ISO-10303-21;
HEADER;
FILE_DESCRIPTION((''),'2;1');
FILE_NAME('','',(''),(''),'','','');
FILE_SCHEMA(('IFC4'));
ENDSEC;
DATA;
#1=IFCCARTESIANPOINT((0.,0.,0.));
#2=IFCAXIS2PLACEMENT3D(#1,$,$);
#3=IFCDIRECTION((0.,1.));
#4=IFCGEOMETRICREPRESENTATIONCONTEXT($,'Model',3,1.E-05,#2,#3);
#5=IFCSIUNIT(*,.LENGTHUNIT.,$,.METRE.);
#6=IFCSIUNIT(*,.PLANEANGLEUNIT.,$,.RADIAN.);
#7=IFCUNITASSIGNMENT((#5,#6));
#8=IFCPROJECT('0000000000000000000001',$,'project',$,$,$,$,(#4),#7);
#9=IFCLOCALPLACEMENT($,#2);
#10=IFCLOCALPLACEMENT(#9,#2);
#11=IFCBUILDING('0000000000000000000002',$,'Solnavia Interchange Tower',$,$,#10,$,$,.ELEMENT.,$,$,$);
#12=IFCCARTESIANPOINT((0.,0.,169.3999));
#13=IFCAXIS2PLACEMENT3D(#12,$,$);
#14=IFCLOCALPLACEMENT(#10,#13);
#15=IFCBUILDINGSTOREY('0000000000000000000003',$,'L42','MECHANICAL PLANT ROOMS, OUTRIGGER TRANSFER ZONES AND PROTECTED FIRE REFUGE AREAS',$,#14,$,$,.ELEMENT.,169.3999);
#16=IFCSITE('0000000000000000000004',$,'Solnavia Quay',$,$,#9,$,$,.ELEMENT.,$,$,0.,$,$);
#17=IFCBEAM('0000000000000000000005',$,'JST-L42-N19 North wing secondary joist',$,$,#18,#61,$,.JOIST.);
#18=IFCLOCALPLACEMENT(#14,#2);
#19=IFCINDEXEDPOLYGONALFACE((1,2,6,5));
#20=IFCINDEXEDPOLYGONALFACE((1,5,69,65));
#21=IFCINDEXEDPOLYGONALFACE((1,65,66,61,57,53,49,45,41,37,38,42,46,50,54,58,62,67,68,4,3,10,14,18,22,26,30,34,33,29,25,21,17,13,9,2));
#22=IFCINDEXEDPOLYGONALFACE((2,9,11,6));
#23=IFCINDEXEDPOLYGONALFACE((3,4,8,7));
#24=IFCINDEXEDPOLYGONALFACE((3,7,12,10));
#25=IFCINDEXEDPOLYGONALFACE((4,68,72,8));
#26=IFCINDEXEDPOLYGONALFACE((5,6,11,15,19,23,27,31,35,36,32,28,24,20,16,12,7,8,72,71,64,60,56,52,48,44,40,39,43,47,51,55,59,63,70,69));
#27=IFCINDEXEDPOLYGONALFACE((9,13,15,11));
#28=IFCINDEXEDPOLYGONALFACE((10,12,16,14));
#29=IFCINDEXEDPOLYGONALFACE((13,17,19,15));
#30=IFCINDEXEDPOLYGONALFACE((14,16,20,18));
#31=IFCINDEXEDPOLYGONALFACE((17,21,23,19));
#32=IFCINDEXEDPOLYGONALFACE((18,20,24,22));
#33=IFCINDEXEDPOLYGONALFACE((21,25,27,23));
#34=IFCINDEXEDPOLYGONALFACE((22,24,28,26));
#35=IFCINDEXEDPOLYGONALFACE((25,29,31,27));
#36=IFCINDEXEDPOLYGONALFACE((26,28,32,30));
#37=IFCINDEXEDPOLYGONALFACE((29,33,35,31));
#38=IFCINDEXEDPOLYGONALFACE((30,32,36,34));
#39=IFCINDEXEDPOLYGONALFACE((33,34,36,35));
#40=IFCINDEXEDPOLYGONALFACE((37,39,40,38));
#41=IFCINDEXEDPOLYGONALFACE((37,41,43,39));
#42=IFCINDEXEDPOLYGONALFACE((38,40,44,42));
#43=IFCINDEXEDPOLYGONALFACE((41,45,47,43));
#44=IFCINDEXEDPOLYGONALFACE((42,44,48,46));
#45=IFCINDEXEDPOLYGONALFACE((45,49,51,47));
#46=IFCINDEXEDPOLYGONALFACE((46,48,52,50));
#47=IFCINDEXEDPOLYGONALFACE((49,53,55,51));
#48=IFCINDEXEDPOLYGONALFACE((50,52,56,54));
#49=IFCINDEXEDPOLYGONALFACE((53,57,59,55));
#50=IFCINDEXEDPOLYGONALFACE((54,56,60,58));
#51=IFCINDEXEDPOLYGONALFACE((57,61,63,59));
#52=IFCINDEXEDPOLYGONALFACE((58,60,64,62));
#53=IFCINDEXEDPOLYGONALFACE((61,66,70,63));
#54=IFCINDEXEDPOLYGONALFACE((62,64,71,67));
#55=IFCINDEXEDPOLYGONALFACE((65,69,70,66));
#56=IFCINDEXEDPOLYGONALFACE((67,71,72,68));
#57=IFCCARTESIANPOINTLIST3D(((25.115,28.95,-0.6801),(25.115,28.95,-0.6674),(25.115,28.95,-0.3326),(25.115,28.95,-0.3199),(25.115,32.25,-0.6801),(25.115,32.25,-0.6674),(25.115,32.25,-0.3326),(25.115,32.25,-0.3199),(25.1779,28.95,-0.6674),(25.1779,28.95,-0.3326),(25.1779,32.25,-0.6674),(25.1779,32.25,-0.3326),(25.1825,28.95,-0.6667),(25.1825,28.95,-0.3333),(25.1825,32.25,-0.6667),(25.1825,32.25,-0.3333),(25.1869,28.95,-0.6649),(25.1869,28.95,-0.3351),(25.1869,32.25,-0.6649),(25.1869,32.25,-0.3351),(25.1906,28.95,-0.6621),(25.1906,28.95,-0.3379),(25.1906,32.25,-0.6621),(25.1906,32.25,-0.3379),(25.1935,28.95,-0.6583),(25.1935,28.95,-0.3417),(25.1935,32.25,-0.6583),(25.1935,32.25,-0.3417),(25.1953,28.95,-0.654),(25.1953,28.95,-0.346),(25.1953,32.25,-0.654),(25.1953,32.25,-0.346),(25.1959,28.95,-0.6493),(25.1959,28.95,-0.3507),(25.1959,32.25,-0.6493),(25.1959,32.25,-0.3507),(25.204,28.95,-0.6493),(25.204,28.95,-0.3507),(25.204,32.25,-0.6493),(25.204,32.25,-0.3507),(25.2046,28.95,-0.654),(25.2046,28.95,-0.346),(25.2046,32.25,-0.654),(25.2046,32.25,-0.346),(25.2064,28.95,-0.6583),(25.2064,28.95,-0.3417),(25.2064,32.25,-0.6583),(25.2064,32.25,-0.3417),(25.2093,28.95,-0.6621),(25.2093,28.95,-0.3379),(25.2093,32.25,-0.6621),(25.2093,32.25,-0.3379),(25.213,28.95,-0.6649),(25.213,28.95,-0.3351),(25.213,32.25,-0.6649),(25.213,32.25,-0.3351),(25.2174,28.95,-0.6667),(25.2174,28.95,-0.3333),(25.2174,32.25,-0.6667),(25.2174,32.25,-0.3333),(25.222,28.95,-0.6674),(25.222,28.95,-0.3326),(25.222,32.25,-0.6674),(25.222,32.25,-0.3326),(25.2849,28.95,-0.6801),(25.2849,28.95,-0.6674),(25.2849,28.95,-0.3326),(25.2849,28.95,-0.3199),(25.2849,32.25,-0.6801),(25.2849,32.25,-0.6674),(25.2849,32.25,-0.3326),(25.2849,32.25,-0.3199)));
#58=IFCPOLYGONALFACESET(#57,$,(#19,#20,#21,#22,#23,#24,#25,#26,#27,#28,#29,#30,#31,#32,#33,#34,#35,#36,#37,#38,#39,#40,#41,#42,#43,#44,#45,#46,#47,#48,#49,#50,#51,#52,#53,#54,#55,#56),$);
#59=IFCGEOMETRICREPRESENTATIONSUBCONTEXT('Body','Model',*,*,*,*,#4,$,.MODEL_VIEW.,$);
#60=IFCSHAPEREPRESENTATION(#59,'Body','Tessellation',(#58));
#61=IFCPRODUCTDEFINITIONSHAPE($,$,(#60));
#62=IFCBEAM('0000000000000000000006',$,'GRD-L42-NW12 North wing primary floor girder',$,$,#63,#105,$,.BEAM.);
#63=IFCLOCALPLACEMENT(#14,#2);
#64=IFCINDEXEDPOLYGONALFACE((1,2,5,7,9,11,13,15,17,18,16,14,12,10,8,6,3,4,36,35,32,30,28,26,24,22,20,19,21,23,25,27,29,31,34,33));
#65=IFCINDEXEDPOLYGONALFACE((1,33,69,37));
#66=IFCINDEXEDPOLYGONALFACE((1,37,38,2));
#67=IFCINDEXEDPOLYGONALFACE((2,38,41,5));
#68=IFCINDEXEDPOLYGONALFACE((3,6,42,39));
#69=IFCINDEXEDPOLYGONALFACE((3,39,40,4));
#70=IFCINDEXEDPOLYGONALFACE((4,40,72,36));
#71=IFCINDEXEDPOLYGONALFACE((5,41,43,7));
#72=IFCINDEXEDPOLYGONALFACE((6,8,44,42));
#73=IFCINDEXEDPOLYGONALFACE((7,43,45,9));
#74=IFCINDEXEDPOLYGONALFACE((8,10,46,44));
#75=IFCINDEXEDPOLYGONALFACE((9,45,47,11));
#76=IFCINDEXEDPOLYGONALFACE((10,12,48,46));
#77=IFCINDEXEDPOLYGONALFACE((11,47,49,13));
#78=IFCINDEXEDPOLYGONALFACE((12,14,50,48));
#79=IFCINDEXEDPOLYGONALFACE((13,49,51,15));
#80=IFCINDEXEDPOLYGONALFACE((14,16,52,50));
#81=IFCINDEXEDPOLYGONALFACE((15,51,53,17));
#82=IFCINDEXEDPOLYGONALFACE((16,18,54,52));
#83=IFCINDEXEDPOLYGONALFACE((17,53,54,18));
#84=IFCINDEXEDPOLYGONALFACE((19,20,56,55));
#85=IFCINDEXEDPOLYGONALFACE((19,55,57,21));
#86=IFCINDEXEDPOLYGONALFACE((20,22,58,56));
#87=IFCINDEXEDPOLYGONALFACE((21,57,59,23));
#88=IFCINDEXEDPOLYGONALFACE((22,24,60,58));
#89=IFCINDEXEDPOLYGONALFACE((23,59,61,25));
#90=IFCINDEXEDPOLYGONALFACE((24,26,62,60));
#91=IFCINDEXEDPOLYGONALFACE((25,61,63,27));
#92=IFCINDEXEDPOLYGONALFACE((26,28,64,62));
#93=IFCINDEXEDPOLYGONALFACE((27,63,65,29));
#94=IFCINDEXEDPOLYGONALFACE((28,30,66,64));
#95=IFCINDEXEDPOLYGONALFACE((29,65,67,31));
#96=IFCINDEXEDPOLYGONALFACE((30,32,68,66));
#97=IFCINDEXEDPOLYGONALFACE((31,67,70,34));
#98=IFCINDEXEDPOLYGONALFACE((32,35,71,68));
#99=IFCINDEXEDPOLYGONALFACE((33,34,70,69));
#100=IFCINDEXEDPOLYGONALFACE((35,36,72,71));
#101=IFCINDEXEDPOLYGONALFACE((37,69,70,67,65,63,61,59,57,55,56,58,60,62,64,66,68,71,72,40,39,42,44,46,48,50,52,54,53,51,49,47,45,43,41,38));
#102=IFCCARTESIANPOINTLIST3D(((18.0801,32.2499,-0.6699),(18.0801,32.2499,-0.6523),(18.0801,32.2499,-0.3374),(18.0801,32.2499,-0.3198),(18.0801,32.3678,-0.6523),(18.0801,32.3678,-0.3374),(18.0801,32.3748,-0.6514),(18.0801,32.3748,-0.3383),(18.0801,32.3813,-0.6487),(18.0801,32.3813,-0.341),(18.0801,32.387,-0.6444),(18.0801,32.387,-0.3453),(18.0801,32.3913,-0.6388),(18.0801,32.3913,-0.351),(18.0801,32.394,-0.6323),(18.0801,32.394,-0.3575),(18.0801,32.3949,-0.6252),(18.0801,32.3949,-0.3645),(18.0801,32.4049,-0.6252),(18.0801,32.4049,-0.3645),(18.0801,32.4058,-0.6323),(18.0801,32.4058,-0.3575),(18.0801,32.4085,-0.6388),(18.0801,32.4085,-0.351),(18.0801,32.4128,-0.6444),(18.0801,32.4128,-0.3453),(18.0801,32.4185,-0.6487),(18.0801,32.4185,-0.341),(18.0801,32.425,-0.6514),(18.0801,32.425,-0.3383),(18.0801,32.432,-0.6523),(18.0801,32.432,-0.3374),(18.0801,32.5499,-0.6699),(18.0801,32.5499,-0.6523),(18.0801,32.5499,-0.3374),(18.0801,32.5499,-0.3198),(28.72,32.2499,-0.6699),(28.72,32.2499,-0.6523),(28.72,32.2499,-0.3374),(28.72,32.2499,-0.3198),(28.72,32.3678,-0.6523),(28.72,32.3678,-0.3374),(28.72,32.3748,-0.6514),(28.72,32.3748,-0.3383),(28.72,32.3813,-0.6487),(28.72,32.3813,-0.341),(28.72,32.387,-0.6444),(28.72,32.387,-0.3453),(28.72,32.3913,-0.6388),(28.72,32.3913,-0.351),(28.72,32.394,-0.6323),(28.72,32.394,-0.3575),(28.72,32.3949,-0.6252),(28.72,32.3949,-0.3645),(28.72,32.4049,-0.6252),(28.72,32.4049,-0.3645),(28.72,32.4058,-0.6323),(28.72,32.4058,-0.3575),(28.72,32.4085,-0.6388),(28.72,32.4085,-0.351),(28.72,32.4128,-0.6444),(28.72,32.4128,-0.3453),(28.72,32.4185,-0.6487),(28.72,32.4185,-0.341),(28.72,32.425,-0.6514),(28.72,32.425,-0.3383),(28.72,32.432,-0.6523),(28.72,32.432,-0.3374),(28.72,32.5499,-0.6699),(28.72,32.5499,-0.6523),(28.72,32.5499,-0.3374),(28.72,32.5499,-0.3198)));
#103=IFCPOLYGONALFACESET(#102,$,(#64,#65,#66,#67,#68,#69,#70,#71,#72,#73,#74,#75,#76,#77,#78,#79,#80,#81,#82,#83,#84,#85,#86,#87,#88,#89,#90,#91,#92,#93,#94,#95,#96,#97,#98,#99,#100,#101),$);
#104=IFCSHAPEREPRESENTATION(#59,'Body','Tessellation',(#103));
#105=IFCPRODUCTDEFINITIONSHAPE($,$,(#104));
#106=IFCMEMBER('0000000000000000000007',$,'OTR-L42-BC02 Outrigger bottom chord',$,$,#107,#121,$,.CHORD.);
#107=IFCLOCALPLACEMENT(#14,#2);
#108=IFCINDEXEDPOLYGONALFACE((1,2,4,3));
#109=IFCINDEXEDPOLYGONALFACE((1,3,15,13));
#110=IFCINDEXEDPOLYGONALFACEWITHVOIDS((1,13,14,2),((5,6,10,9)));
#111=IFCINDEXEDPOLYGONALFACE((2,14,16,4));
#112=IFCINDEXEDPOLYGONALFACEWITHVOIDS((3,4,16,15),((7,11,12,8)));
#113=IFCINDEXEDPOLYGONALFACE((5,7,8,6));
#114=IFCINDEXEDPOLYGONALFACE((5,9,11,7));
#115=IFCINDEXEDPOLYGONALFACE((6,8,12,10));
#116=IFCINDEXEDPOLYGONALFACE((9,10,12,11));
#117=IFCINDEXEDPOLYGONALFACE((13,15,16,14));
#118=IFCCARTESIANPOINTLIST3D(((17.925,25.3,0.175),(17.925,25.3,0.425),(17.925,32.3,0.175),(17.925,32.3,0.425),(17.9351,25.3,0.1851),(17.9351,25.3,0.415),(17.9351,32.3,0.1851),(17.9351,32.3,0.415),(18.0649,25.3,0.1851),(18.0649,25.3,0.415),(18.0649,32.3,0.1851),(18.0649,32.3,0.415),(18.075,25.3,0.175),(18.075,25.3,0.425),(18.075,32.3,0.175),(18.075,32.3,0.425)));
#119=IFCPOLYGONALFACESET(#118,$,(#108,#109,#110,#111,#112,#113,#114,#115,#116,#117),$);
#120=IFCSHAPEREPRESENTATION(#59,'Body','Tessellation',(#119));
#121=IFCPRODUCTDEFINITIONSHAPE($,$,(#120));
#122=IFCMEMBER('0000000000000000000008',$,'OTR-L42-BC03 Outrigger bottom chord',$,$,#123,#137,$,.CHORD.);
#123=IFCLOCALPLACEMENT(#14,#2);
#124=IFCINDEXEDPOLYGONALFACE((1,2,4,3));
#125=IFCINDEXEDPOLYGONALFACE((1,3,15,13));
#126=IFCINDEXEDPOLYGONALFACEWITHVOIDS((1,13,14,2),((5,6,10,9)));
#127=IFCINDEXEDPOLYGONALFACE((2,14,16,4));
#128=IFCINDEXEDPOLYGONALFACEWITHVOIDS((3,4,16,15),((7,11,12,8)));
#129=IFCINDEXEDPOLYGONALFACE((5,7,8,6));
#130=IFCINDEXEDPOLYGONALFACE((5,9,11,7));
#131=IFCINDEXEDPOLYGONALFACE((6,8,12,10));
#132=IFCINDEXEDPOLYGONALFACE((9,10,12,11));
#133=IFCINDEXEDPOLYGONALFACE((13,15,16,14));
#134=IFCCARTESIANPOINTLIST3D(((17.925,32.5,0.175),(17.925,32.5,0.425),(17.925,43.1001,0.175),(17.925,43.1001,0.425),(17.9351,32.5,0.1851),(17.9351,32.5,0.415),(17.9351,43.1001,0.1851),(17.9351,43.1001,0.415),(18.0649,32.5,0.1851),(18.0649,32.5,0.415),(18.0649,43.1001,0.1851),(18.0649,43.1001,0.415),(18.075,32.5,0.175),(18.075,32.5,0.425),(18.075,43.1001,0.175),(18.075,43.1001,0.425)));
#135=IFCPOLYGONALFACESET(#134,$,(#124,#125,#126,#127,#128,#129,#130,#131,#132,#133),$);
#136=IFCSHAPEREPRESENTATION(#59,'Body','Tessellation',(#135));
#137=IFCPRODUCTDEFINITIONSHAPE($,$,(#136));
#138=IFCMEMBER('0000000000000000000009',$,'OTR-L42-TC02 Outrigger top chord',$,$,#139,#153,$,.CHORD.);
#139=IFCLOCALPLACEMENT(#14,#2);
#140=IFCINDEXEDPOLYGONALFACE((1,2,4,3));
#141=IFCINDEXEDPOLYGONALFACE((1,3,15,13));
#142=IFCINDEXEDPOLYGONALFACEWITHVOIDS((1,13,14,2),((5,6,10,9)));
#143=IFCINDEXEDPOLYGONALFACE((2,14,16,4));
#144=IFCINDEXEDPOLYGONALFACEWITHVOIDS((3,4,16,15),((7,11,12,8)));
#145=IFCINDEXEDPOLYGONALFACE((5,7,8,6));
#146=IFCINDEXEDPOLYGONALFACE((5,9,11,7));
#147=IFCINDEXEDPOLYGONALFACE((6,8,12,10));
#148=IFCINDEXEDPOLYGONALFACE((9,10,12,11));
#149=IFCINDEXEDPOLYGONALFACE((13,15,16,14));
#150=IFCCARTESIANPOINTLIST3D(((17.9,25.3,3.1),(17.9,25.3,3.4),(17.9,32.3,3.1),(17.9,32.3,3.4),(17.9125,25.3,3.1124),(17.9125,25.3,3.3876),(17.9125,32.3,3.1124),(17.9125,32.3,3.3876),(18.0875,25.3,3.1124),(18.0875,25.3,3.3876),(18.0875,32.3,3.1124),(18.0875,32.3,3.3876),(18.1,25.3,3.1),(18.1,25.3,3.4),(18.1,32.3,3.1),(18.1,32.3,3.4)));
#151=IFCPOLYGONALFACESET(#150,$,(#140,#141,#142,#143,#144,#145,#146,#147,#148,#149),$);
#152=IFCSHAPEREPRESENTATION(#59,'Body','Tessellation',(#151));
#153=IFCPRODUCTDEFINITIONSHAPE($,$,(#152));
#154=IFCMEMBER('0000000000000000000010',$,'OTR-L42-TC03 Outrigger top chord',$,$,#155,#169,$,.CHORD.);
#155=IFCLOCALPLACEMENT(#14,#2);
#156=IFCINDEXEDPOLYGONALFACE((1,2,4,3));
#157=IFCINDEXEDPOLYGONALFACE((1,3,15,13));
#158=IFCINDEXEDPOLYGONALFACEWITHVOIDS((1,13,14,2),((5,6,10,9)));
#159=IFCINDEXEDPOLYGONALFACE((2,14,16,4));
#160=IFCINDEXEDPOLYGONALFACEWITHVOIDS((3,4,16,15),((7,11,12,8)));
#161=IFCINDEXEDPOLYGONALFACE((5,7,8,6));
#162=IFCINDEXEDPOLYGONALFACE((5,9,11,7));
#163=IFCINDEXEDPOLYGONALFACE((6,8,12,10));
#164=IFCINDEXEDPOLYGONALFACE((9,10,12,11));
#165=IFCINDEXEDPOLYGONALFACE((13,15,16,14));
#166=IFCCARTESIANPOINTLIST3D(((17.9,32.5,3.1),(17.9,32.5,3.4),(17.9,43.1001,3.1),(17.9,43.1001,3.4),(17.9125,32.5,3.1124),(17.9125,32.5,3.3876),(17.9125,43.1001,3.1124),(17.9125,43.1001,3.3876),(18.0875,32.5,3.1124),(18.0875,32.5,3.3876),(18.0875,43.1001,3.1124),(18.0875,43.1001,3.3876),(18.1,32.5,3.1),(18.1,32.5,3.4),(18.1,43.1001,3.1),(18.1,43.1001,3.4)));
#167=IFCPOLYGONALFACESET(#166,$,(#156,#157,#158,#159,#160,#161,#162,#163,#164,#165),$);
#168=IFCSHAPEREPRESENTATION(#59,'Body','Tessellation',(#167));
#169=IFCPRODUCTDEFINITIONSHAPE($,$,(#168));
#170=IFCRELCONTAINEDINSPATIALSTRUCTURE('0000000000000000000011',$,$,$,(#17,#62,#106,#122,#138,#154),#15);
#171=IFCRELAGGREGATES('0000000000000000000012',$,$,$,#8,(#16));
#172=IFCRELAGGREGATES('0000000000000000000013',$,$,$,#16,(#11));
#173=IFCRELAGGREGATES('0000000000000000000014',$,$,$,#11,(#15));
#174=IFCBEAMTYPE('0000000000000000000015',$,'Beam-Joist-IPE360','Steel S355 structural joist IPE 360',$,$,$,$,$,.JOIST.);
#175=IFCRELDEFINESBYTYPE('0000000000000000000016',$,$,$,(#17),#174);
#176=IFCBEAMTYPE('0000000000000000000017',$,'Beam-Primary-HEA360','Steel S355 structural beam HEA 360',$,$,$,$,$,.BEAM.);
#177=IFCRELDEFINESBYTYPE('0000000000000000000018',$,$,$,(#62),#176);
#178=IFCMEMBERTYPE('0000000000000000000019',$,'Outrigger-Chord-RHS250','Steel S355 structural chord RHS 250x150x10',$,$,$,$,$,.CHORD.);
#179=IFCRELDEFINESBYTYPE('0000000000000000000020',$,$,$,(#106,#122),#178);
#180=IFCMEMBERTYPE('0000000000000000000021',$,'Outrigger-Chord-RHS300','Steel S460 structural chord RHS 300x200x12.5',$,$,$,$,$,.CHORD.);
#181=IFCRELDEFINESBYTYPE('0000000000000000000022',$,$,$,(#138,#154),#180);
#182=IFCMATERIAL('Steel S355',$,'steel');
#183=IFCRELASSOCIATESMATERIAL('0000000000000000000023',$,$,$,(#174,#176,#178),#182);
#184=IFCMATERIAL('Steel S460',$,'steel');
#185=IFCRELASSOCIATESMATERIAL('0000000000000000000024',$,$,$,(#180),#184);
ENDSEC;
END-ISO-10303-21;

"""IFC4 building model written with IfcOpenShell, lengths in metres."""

from ifc_helpers import new_model, si_unit, direction, frame, origin, origin_2d, place, context, subcontext, project, spatial, hollow_rectangle, i_section, extrude, material, material_profile, profile_set, type_object, element, save


model = new_model("IFC4")

# Units and contexts
model_context = context("Model", 3, precision=1e-05, world=origin(), true_north=direction((0.0, 1.0)))
body_context = subcontext(model_context, "Body", "Model", "MODEL_VIEW")
ifc_project = project(units=[si_unit("LENGTHUNIT", "METRE"), si_unit("PLANEANGLEUNIT", "RADIAN")], contexts=[model_context])

# Site, building, storey
site_placement = place(None, origin())
site = spatial("IfcSite", under=ifc_project, at=site_placement, Name="Solnavia Quay", CompositionType="ELEMENT", RefElevation=0.0)
building_placement = place(site_placement, origin())
building = spatial("IfcBuilding", under=site, at=building_placement, Name="Solnavia Interchange Tower", CompositionType="ELEMENT")
storey_placement = place(building_placement, frame((0.0, 0.0, 169.3999)))
storey = spatial("IfcBuildingStorey", under=building, at=storey_placement, Name="L42", Description="MECHANICAL PLANT ROOMS, OUTRIGGER TRANSFER ZONES AND PROTECTED FIRE REFUGE AREAS", CompositionType="ELEMENT", Elevation=169.3999)

# Shared definitions
ifc_material_1 = material(Name="Steel S355", Category="steel")

# Beams
ifc_material_2 = material(Name="Steel S460", Category="steel")
ifc_material_profile_1 = material_profile(ifc_material_1, i_section(OverallWidth=0.1699, OverallDepth=0.3601, WebThickness=0.0081, FlangeThickness=0.0127, FilletRadius=0.0181, at=origin_2d()), Name="IPE 360")
ifc_profile_set_1 = profile_set([ifc_material_profile_1], Name="Steel S355")
beam_type_1 = type_object("IfcBeamType", Name="Beam-Joist-IPE360", Description="Steel S355 structural joist IPE 360", PredefinedType="JOIST", material=ifc_profile_set_1)
beam_1_placement = place(storey_placement, frame((25.2, 28.95, -0.5), z_axis=(0.0, 1.0, 0.0), x_axis=(-1.0, 0.0, 0.0)))
element("IfcBeam", 1, at=beam_1_placement, inside=storey, type_object=beam_type_1, Name="JST-L42-N19 North wing secondary joist", PredefinedType="JOIST", context=body_context, shape_type="SweptSolid", body=[
    extrude(i_section(OverallWidth=0.1699, OverallDepth=0.3601, WebThickness=0.0081, FlangeThickness=0.0127, FilletRadius=0.0181, at=origin_2d()), origin(), (0.0, 0.0, 1.0), 3.3),
])
ifc_material_profile_2 = material_profile(ifc_material_1, i_section(OverallWidth=0.3, OverallDepth=0.3501, WebThickness=0.01, FlangeThickness=0.0176, FilletRadius=0.0271, at=origin_2d()), Name="HEA 360")
ifc_profile_set_2 = profile_set([ifc_material_profile_2], Name="Steel S355")
beam_type_2 = type_object("IfcBeamType", Name="Beam-Primary-HEA360", Description="Steel S355 structural beam HEA 360", PredefinedType="BEAM", material=ifc_profile_set_2)
beam_2_placement = place(storey_placement, frame((18.0801, 32.3999, -0.4949), z_axis=(1.0, 0.0, 0.0), x_axis=(0.0, 1.0, 0.0)))
element("IfcBeam", 2, at=beam_2_placement, inside=storey, type_object=beam_type_2, Name="GRD-L42-NW12 North wing primary floor girder", PredefinedType="BEAM", context=body_context, shape_type="SweptSolid", body=[
    extrude(i_section(OverallWidth=0.3, OverallDepth=0.3501, WebThickness=0.01, FlangeThickness=0.0176, FilletRadius=0.0271, at=origin_2d()), origin(), (0.0, 0.0, 1.0), 10.6399),
])

# Members
ifc_material_profile_3 = material_profile(ifc_material_1, hollow_rectangle(XDim=0.1499, YDim=0.25, WallThickness=0.01, at=origin_2d()), Name="RHS 250x150x10")
ifc_profile_set_3 = profile_set([ifc_material_profile_3], Name="Steel S355")
member_type_1 = type_object("IfcMemberType", Name="Outrigger-Chord-RHS250", Description="Steel S355 structural chord RHS 250x150x10", PredefinedType="CHORD", material=ifc_profile_set_3)
member_1_placement = place(storey_placement, frame((18.0, 25.3, 0.3), z_axis=(0.0, 1.0, 0.0), x_axis=(-1.0, 0.0, 0.0)))
element("IfcMember", 3, at=member_1_placement, inside=storey, type_object=member_type_1, Name="OTR-L42-BC02 Outrigger bottom chord", PredefinedType="CHORD", context=body_context, shape_type="SweptSolid", body=[
    extrude(hollow_rectangle(XDim=0.1499, YDim=0.25, WallThickness=0.01, at=origin_2d()), origin(), (0.0, 0.0, 1.0), 7.0),
])
member_2_placement = place(storey_placement, frame((18.0, 32.5, 0.3), z_axis=(0.0, 1.0, 0.0), x_axis=(-1.0, 0.0, 0.0)))
element("IfcMember", 4, at=member_2_placement, inside=storey, type_object=member_type_1, Name="OTR-L42-BC03 Outrigger bottom chord", PredefinedType="CHORD", context=body_context, shape_type="SweptSolid", body=[
    extrude(hollow_rectangle(XDim=0.1499, YDim=0.25, WallThickness=0.01, at=origin_2d()), origin(), (0.0, 0.0, 1.0), 10.6001),
])
ifc_material_profile_4 = material_profile(ifc_material_2, hollow_rectangle(XDim=0.2, YDim=0.3, WallThickness=0.0125, at=origin_2d()), Name="RHS 300x200x12.5")
ifc_profile_set_4 = profile_set([ifc_material_profile_4], Name="Steel S460")
member_type_2 = type_object("IfcMemberType", Name="Outrigger-Chord-RHS300", Description="Steel S460 structural chord RHS 300x200x12.5", PredefinedType="CHORD", material=ifc_profile_set_4)
member_3_placement = place(storey_placement, frame((18.0, 25.3, 3.25), z_axis=(0.0, 1.0, 0.0), x_axis=(-1.0, 0.0, 0.0)))
element("IfcMember", 5, at=member_3_placement, inside=storey, type_object=member_type_2, Name="OTR-L42-TC02 Outrigger top chord", PredefinedType="CHORD", context=body_context, shape_type="SweptSolid", body=[
    extrude(hollow_rectangle(XDim=0.2, YDim=0.3, WallThickness=0.0125, at=origin_2d()), origin(), (0.0, 0.0, 1.0), 7.0),
])
member_4_placement = place(storey_placement, frame((18.0, 32.5, 3.25), z_axis=(0.0, 1.0, 0.0), x_axis=(-1.0, 0.0, 0.0)))
element("IfcMember", 6, at=member_4_placement, inside=storey, type_object=member_type_2, Name="OTR-L42-TC03 Outrigger top chord", PredefinedType="CHORD", context=body_context, shape_type="SweptSolid", body=[
    extrude(hollow_rectangle(XDim=0.2, YDim=0.3, WallThickness=0.0125, at=origin_2d()), origin(), (0.0, 0.0, 1.0), 10.6001),
])

save(model, "model.ifc")
